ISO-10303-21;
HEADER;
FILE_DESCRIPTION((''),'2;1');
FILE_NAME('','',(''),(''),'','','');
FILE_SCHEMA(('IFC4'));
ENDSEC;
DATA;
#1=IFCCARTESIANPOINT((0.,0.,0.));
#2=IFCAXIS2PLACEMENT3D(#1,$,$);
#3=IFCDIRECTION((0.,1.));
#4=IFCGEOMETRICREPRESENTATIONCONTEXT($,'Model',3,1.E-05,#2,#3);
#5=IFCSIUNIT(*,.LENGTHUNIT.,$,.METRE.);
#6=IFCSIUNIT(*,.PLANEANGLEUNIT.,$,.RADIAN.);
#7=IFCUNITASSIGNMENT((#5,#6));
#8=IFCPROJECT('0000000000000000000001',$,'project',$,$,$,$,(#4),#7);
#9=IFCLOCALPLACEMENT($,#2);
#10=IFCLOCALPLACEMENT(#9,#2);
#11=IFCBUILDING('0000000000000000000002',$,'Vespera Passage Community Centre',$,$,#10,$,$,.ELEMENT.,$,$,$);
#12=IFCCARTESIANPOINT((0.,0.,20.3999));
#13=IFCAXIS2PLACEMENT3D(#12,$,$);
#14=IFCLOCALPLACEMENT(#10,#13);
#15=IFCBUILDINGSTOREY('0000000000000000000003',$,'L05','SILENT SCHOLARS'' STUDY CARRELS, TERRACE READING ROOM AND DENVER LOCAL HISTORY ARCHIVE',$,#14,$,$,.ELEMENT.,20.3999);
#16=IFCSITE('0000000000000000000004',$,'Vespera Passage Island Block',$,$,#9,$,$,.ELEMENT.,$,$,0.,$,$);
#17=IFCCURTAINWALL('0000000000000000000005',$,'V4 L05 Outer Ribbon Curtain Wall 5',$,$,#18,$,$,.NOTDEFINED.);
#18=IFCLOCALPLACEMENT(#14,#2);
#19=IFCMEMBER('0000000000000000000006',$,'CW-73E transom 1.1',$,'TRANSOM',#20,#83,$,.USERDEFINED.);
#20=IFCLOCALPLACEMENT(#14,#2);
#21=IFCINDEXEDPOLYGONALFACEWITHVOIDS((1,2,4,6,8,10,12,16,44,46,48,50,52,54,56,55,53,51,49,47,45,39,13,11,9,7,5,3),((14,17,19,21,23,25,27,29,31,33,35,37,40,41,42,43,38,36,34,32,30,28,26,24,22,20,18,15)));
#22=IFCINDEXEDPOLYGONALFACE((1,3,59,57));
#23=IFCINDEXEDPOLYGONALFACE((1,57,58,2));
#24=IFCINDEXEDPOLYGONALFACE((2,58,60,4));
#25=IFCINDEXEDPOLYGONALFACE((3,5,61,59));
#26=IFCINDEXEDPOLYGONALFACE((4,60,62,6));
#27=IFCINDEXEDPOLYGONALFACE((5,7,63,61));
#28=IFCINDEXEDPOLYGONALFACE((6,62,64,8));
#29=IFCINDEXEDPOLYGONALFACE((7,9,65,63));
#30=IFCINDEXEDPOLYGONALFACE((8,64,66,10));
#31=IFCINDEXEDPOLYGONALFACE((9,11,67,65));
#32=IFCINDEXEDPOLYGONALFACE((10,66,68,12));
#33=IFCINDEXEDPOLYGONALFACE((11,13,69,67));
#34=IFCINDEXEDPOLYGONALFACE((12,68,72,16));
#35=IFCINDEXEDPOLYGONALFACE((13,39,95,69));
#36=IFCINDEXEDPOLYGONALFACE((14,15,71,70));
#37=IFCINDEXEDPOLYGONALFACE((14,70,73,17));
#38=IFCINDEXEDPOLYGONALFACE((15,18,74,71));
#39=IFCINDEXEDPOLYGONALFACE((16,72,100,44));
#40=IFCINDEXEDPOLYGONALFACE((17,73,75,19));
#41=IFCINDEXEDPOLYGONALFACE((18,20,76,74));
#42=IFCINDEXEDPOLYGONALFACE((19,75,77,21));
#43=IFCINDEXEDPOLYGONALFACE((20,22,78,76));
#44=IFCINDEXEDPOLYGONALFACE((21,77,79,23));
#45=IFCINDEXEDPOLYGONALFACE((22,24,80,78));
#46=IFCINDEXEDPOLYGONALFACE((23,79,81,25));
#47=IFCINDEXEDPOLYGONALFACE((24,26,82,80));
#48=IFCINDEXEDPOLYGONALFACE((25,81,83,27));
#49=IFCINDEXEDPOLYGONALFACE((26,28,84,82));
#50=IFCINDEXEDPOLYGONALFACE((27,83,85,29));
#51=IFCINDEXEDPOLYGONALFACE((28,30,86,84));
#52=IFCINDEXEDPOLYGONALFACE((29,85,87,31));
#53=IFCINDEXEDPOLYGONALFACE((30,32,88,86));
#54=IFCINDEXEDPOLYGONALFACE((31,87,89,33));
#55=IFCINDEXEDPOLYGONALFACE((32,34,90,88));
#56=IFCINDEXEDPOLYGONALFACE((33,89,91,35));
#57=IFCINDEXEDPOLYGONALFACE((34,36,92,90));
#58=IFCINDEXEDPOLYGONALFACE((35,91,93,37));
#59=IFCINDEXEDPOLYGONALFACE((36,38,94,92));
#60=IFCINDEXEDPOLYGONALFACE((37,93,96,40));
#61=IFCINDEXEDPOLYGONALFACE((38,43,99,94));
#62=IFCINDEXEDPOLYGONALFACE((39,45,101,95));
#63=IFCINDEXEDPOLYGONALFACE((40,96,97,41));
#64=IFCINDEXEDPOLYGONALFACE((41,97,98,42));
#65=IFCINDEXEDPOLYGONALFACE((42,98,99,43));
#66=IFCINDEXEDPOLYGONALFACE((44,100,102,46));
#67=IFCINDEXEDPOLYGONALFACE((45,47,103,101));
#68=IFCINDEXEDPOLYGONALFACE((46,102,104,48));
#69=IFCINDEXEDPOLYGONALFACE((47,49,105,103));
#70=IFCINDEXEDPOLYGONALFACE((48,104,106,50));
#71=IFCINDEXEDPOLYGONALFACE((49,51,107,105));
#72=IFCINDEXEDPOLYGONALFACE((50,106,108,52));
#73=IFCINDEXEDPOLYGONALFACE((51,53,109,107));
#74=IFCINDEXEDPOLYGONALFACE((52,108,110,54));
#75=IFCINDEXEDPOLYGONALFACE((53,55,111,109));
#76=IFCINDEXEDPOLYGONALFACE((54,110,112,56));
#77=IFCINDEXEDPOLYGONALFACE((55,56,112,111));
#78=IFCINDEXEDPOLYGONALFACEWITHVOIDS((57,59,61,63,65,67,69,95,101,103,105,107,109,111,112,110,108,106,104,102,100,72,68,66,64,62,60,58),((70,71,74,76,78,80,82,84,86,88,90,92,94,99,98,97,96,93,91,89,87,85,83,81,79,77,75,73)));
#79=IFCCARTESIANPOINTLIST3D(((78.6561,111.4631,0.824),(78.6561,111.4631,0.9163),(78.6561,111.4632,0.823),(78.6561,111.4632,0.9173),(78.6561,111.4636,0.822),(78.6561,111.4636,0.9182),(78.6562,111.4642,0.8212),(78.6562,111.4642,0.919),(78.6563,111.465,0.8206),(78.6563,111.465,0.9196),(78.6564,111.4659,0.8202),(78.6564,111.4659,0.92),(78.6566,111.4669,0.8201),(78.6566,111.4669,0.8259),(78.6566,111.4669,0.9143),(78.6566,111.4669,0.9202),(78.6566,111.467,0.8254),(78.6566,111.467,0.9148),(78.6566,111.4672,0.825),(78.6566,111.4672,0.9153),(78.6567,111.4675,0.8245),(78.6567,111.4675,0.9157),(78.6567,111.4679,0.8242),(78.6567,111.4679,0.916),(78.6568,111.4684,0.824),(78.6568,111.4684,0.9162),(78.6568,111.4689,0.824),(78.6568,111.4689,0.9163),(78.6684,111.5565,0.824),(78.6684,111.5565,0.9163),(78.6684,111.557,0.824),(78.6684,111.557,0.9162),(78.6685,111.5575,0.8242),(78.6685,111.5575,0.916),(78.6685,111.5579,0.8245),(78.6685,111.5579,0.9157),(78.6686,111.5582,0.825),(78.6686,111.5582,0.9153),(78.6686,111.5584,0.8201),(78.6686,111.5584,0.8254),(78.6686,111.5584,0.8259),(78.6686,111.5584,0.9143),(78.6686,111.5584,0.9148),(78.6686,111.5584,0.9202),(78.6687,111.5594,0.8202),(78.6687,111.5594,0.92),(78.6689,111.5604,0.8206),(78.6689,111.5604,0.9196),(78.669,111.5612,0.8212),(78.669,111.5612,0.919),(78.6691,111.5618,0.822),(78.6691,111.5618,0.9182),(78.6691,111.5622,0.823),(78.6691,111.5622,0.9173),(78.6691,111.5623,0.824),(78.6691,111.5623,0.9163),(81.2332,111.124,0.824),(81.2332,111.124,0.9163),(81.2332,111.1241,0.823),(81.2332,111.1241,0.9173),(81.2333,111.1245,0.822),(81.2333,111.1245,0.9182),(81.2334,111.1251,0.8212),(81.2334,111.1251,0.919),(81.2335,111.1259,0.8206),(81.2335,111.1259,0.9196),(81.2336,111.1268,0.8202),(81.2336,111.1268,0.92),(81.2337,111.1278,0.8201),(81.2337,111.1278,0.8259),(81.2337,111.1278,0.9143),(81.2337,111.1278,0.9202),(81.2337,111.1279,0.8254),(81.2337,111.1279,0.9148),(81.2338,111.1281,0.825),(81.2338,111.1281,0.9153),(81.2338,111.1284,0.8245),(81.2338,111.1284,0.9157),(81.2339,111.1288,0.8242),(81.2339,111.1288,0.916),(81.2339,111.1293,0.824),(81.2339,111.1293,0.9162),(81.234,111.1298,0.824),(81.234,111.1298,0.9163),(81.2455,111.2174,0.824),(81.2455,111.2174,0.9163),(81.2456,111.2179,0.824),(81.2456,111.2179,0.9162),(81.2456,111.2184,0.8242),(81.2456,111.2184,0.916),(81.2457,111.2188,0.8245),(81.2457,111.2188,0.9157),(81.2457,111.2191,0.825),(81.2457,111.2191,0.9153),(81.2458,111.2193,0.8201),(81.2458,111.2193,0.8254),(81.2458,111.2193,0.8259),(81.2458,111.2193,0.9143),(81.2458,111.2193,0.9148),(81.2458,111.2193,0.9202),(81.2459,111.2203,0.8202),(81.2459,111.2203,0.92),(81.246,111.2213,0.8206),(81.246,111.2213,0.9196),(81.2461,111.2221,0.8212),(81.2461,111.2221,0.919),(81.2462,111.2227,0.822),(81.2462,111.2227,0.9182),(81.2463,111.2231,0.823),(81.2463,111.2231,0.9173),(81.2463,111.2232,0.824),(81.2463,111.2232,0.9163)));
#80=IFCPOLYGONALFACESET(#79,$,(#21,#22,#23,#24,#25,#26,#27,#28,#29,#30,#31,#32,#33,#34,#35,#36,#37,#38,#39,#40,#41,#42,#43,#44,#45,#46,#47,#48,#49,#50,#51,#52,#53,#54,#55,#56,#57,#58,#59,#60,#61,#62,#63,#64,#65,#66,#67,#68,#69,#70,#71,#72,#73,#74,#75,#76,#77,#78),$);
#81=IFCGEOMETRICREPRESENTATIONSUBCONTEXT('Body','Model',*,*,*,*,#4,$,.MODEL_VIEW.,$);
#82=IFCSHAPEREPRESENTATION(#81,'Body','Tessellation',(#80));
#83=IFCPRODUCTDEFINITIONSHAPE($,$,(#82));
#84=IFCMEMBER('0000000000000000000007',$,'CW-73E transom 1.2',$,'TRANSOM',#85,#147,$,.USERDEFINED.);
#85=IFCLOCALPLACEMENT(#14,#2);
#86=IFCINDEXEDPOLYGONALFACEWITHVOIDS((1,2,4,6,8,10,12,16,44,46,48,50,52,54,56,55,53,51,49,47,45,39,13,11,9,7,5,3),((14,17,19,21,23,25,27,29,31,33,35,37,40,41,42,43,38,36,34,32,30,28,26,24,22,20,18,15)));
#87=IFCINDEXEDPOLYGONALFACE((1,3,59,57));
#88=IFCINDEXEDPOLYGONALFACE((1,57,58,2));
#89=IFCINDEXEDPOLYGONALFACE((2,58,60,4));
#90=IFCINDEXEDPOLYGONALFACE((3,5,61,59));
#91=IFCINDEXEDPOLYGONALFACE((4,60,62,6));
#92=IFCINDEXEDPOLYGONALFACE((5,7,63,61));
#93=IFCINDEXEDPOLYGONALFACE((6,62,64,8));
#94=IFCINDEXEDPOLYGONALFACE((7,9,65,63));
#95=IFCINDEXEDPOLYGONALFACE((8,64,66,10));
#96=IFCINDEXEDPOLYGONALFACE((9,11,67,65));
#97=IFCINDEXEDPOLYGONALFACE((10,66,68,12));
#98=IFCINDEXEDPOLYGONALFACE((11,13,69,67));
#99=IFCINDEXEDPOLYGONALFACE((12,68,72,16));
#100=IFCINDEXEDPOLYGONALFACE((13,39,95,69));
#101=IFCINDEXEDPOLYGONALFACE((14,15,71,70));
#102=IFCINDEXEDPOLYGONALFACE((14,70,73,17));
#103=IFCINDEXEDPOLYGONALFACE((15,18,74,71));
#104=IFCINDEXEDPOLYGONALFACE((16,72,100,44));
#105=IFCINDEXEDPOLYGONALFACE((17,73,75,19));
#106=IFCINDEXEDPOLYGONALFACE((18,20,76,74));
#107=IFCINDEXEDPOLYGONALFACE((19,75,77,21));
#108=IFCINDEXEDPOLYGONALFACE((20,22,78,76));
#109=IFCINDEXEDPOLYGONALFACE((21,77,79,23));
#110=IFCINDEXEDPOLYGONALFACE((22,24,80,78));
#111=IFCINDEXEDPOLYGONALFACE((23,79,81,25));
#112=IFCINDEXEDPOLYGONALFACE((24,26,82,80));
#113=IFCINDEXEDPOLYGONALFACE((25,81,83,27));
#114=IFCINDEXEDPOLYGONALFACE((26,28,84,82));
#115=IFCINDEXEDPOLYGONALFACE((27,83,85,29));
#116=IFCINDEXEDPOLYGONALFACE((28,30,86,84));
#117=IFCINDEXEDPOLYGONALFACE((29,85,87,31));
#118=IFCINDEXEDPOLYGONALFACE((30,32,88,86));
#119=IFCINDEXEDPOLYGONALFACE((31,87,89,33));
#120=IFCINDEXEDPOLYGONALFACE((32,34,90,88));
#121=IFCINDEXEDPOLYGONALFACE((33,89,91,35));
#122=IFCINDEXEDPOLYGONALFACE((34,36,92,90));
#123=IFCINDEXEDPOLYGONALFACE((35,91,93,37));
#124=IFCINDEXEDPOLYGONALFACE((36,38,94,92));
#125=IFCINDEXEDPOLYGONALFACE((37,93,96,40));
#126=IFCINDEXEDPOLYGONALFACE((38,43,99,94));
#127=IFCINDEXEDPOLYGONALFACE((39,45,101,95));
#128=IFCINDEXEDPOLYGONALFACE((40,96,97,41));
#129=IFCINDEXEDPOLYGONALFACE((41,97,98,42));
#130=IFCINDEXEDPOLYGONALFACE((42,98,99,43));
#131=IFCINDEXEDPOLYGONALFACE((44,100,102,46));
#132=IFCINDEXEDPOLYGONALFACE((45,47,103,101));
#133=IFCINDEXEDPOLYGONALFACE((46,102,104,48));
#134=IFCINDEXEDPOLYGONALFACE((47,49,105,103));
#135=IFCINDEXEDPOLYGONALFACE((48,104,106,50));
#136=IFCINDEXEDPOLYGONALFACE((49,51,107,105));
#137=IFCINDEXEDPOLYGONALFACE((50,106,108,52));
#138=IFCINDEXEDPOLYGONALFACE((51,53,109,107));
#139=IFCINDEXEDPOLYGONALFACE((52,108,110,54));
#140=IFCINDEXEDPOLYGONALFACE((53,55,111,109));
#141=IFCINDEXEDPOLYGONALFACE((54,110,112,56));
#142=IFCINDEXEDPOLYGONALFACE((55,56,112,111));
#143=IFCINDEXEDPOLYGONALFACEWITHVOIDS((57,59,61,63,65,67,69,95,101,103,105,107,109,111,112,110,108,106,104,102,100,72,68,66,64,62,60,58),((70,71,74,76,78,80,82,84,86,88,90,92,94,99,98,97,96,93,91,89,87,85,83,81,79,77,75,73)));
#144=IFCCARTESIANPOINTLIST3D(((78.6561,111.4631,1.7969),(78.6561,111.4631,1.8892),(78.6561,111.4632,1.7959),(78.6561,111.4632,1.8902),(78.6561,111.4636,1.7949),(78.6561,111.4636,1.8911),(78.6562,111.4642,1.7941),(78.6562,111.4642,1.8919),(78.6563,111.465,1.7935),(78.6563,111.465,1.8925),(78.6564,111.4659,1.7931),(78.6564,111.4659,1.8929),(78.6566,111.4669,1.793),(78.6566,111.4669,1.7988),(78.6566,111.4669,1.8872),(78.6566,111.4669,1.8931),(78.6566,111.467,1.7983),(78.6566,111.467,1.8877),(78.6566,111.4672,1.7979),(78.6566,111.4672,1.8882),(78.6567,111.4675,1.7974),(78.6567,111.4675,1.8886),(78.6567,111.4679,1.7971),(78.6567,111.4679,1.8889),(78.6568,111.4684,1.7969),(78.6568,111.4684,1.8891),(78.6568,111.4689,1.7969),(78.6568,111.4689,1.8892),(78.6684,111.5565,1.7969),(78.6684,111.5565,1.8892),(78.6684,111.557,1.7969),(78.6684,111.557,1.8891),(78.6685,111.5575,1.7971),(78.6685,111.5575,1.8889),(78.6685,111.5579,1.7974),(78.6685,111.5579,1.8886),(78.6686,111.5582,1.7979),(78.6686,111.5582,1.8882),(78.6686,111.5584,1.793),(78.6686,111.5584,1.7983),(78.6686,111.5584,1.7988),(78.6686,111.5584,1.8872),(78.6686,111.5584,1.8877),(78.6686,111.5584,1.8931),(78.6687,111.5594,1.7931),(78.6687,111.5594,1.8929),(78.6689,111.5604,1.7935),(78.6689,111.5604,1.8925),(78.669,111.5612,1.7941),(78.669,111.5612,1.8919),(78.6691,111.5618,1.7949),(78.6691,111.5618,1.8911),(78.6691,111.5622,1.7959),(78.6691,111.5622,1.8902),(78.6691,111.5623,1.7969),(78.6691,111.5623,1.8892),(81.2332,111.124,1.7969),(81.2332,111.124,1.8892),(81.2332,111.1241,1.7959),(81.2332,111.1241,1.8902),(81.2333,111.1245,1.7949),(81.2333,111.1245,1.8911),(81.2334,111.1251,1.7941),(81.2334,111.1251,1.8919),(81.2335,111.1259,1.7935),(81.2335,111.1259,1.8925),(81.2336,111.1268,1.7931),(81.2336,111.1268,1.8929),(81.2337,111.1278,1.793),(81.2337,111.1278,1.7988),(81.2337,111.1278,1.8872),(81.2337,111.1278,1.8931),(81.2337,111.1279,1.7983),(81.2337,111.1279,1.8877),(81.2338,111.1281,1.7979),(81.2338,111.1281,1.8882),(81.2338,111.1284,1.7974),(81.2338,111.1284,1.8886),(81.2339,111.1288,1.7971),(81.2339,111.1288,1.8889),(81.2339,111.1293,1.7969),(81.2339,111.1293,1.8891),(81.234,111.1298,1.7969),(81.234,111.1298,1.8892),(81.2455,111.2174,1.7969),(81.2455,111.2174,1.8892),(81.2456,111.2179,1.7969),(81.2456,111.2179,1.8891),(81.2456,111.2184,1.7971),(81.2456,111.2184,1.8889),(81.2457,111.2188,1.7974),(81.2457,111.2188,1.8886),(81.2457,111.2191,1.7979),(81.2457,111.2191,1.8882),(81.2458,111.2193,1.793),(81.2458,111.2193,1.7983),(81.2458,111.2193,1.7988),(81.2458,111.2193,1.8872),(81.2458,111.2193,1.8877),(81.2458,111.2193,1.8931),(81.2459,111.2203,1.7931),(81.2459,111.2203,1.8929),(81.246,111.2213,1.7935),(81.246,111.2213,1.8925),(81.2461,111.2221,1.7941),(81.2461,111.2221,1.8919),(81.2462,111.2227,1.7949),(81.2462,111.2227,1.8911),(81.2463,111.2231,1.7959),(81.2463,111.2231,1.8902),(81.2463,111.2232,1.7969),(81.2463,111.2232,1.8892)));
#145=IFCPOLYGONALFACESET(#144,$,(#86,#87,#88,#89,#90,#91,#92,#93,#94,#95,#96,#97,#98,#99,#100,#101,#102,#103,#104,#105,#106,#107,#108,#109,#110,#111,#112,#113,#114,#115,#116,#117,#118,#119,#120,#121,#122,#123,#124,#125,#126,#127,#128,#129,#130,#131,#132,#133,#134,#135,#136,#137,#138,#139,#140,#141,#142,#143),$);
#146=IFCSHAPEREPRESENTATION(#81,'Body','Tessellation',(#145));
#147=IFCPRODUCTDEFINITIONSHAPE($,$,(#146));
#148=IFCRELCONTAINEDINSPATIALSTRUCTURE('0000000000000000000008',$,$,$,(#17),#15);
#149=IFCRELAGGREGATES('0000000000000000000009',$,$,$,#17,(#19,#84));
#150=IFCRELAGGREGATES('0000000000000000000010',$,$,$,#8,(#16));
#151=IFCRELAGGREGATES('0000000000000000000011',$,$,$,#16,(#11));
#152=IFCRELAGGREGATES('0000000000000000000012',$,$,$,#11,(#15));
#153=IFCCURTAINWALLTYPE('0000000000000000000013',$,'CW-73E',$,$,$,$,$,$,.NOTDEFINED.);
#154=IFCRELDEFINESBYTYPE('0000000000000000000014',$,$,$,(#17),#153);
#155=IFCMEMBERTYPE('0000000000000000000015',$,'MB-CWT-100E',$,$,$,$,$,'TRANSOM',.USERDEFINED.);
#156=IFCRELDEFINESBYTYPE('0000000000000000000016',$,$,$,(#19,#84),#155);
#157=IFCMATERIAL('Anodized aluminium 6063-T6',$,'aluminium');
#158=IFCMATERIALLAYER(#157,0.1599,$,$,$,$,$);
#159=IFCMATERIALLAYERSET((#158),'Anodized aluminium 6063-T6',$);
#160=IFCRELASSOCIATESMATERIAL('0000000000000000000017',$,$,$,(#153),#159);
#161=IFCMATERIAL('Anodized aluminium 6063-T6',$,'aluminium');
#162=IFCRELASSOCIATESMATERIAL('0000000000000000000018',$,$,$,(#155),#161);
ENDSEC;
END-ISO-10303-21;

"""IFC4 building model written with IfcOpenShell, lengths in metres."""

from ifc_helpers import new_model, si_unit, direction, frame, origin, origin_2d, place, context, subcontext, project, spatial, hollow_rectangle, extrude, material, layer, layer_set, material_profile, profile_set, type_object, element, aggregate, save


model = new_model("IFC4")

# Units and contexts
model_context = context("Model", 3, precision=1e-05, world=origin(), true_north=direction((0.0, 1.0)))
body_context = subcontext(model_context, "Body", "Model", "MODEL_VIEW")
ifc_project = project(units=[si_unit("LENGTHUNIT", "METRE"), si_unit("PLANEANGLEUNIT", "RADIAN")], contexts=[model_context])

# Site, building, storey
site_placement = place(None, origin())
site = spatial("IfcSite", under=ifc_project, at=site_placement, Name="Vespera Passage Island Block", CompositionType="ELEMENT", RefElevation=0.0)
building_placement = place(site_placement, origin())
building = spatial("IfcBuilding", under=site, at=building_placement, Name="Vespera Passage Community Centre", CompositionType="ELEMENT")
storey_placement = place(building_placement, frame((0.0, 0.0, 20.3999)))
storey = spatial("IfcBuildingStorey", under=building, at=storey_placement, Name="L05", Description="SILENT SCHOLARS' STUDY CARRELS, TERRACE READING ROOM AND DENVER LOCAL HISTORY ARCHIVE", CompositionType="ELEMENT", Elevation=20.3999)

# Curtain wall, members
ifc_material_1 = material(Name="Anodized aluminium 6063-T6", Category="aluminium")
ifc_layer_1 = layer(ifc_material_1, 0.1599)
ifc_layer_set_1 = layer_set([ifc_layer_1], Name="Anodized aluminium 6063-T6")
curtain_wall_type_1 = type_object("IfcCurtainWallType", Name="CW-73E", PredefinedType="NOTDEFINED", material=ifc_layer_set_1)
curtain_wall_1_placement = place(storey_placement, origin())
curtain_wall_1 = element("IfcCurtainWall", 1, at=curtain_wall_1_placement, inside=storey, type_object=curtain_wall_type_1, Name="V4 L05 Outer Ribbon Curtain Wall 5", PredefinedType="NOTDEFINED")
ifc_material_2 = material(Name="Anodized aluminium 6063-T6", Category="aluminium")
ifc_material_profile_1 = material_profile(ifc_material_2, hollow_rectangle(XDim=0.1001, YDim=0.1001, WallThickness=0.0039, InnerFilletRadius=0.002, OuterFilletRadius=0.0039, at=origin_2d()), Name="ALU100X100X4")
ifc_profile_set_1 = profile_set([ifc_material_profile_1], Name="Anodized aluminium 6063-T6")
member_type_1 = type_object("IfcMemberType", Name="MB-CWT-100E", ElementType="TRANSOM", PredefinedType="USERDEFINED", material=ifc_profile_set_1)
member_1_placement = place(storey_placement, frame((78.6626, 111.5127, 0.8701), z_axis=(0.991454, -0.130459, 0.0), x_axis=(0.130459, 0.991454, 0.0)))
member_1 = element("IfcMember", 2, at=member_1_placement, type_object=member_type_1, Name="CW-73E transom 1.1", ObjectType="TRANSOM", PredefinedType="USERDEFINED", context=body_context, shape_type="SweptSolid", body=[
    extrude(hollow_rectangle(XDim=0.1001, YDim=0.1001, WallThickness=0.0039, InnerFilletRadius=0.002, OuterFilletRadius=0.0039, at=origin_2d()), origin(), (0.0, 0.0, 1.0), 2.5994),
])
member_2_placement = place(storey_placement, frame((78.6626, 111.5127, 1.843), z_axis=(0.991454, -0.130459, 0.0), x_axis=(0.130459, 0.991454, 0.0)))
member_2 = element("IfcMember", 3, at=member_2_placement, type_object=member_type_1, Name="CW-73E transom 1.2", ObjectType="TRANSOM", PredefinedType="USERDEFINED", context=body_context, shape_type="SweptSolid", body=[
    extrude(hollow_rectangle(XDim=0.1001, YDim=0.1001, WallThickness=0.0039, InnerFilletRadius=0.002, OuterFilletRadius=0.0039, at=origin_2d()), origin(), (0.0, 0.0, 1.0), 2.5994),
])

aggregate(curtain_wall_1, [member_1, member_2])

save(model, "model.ifc")
